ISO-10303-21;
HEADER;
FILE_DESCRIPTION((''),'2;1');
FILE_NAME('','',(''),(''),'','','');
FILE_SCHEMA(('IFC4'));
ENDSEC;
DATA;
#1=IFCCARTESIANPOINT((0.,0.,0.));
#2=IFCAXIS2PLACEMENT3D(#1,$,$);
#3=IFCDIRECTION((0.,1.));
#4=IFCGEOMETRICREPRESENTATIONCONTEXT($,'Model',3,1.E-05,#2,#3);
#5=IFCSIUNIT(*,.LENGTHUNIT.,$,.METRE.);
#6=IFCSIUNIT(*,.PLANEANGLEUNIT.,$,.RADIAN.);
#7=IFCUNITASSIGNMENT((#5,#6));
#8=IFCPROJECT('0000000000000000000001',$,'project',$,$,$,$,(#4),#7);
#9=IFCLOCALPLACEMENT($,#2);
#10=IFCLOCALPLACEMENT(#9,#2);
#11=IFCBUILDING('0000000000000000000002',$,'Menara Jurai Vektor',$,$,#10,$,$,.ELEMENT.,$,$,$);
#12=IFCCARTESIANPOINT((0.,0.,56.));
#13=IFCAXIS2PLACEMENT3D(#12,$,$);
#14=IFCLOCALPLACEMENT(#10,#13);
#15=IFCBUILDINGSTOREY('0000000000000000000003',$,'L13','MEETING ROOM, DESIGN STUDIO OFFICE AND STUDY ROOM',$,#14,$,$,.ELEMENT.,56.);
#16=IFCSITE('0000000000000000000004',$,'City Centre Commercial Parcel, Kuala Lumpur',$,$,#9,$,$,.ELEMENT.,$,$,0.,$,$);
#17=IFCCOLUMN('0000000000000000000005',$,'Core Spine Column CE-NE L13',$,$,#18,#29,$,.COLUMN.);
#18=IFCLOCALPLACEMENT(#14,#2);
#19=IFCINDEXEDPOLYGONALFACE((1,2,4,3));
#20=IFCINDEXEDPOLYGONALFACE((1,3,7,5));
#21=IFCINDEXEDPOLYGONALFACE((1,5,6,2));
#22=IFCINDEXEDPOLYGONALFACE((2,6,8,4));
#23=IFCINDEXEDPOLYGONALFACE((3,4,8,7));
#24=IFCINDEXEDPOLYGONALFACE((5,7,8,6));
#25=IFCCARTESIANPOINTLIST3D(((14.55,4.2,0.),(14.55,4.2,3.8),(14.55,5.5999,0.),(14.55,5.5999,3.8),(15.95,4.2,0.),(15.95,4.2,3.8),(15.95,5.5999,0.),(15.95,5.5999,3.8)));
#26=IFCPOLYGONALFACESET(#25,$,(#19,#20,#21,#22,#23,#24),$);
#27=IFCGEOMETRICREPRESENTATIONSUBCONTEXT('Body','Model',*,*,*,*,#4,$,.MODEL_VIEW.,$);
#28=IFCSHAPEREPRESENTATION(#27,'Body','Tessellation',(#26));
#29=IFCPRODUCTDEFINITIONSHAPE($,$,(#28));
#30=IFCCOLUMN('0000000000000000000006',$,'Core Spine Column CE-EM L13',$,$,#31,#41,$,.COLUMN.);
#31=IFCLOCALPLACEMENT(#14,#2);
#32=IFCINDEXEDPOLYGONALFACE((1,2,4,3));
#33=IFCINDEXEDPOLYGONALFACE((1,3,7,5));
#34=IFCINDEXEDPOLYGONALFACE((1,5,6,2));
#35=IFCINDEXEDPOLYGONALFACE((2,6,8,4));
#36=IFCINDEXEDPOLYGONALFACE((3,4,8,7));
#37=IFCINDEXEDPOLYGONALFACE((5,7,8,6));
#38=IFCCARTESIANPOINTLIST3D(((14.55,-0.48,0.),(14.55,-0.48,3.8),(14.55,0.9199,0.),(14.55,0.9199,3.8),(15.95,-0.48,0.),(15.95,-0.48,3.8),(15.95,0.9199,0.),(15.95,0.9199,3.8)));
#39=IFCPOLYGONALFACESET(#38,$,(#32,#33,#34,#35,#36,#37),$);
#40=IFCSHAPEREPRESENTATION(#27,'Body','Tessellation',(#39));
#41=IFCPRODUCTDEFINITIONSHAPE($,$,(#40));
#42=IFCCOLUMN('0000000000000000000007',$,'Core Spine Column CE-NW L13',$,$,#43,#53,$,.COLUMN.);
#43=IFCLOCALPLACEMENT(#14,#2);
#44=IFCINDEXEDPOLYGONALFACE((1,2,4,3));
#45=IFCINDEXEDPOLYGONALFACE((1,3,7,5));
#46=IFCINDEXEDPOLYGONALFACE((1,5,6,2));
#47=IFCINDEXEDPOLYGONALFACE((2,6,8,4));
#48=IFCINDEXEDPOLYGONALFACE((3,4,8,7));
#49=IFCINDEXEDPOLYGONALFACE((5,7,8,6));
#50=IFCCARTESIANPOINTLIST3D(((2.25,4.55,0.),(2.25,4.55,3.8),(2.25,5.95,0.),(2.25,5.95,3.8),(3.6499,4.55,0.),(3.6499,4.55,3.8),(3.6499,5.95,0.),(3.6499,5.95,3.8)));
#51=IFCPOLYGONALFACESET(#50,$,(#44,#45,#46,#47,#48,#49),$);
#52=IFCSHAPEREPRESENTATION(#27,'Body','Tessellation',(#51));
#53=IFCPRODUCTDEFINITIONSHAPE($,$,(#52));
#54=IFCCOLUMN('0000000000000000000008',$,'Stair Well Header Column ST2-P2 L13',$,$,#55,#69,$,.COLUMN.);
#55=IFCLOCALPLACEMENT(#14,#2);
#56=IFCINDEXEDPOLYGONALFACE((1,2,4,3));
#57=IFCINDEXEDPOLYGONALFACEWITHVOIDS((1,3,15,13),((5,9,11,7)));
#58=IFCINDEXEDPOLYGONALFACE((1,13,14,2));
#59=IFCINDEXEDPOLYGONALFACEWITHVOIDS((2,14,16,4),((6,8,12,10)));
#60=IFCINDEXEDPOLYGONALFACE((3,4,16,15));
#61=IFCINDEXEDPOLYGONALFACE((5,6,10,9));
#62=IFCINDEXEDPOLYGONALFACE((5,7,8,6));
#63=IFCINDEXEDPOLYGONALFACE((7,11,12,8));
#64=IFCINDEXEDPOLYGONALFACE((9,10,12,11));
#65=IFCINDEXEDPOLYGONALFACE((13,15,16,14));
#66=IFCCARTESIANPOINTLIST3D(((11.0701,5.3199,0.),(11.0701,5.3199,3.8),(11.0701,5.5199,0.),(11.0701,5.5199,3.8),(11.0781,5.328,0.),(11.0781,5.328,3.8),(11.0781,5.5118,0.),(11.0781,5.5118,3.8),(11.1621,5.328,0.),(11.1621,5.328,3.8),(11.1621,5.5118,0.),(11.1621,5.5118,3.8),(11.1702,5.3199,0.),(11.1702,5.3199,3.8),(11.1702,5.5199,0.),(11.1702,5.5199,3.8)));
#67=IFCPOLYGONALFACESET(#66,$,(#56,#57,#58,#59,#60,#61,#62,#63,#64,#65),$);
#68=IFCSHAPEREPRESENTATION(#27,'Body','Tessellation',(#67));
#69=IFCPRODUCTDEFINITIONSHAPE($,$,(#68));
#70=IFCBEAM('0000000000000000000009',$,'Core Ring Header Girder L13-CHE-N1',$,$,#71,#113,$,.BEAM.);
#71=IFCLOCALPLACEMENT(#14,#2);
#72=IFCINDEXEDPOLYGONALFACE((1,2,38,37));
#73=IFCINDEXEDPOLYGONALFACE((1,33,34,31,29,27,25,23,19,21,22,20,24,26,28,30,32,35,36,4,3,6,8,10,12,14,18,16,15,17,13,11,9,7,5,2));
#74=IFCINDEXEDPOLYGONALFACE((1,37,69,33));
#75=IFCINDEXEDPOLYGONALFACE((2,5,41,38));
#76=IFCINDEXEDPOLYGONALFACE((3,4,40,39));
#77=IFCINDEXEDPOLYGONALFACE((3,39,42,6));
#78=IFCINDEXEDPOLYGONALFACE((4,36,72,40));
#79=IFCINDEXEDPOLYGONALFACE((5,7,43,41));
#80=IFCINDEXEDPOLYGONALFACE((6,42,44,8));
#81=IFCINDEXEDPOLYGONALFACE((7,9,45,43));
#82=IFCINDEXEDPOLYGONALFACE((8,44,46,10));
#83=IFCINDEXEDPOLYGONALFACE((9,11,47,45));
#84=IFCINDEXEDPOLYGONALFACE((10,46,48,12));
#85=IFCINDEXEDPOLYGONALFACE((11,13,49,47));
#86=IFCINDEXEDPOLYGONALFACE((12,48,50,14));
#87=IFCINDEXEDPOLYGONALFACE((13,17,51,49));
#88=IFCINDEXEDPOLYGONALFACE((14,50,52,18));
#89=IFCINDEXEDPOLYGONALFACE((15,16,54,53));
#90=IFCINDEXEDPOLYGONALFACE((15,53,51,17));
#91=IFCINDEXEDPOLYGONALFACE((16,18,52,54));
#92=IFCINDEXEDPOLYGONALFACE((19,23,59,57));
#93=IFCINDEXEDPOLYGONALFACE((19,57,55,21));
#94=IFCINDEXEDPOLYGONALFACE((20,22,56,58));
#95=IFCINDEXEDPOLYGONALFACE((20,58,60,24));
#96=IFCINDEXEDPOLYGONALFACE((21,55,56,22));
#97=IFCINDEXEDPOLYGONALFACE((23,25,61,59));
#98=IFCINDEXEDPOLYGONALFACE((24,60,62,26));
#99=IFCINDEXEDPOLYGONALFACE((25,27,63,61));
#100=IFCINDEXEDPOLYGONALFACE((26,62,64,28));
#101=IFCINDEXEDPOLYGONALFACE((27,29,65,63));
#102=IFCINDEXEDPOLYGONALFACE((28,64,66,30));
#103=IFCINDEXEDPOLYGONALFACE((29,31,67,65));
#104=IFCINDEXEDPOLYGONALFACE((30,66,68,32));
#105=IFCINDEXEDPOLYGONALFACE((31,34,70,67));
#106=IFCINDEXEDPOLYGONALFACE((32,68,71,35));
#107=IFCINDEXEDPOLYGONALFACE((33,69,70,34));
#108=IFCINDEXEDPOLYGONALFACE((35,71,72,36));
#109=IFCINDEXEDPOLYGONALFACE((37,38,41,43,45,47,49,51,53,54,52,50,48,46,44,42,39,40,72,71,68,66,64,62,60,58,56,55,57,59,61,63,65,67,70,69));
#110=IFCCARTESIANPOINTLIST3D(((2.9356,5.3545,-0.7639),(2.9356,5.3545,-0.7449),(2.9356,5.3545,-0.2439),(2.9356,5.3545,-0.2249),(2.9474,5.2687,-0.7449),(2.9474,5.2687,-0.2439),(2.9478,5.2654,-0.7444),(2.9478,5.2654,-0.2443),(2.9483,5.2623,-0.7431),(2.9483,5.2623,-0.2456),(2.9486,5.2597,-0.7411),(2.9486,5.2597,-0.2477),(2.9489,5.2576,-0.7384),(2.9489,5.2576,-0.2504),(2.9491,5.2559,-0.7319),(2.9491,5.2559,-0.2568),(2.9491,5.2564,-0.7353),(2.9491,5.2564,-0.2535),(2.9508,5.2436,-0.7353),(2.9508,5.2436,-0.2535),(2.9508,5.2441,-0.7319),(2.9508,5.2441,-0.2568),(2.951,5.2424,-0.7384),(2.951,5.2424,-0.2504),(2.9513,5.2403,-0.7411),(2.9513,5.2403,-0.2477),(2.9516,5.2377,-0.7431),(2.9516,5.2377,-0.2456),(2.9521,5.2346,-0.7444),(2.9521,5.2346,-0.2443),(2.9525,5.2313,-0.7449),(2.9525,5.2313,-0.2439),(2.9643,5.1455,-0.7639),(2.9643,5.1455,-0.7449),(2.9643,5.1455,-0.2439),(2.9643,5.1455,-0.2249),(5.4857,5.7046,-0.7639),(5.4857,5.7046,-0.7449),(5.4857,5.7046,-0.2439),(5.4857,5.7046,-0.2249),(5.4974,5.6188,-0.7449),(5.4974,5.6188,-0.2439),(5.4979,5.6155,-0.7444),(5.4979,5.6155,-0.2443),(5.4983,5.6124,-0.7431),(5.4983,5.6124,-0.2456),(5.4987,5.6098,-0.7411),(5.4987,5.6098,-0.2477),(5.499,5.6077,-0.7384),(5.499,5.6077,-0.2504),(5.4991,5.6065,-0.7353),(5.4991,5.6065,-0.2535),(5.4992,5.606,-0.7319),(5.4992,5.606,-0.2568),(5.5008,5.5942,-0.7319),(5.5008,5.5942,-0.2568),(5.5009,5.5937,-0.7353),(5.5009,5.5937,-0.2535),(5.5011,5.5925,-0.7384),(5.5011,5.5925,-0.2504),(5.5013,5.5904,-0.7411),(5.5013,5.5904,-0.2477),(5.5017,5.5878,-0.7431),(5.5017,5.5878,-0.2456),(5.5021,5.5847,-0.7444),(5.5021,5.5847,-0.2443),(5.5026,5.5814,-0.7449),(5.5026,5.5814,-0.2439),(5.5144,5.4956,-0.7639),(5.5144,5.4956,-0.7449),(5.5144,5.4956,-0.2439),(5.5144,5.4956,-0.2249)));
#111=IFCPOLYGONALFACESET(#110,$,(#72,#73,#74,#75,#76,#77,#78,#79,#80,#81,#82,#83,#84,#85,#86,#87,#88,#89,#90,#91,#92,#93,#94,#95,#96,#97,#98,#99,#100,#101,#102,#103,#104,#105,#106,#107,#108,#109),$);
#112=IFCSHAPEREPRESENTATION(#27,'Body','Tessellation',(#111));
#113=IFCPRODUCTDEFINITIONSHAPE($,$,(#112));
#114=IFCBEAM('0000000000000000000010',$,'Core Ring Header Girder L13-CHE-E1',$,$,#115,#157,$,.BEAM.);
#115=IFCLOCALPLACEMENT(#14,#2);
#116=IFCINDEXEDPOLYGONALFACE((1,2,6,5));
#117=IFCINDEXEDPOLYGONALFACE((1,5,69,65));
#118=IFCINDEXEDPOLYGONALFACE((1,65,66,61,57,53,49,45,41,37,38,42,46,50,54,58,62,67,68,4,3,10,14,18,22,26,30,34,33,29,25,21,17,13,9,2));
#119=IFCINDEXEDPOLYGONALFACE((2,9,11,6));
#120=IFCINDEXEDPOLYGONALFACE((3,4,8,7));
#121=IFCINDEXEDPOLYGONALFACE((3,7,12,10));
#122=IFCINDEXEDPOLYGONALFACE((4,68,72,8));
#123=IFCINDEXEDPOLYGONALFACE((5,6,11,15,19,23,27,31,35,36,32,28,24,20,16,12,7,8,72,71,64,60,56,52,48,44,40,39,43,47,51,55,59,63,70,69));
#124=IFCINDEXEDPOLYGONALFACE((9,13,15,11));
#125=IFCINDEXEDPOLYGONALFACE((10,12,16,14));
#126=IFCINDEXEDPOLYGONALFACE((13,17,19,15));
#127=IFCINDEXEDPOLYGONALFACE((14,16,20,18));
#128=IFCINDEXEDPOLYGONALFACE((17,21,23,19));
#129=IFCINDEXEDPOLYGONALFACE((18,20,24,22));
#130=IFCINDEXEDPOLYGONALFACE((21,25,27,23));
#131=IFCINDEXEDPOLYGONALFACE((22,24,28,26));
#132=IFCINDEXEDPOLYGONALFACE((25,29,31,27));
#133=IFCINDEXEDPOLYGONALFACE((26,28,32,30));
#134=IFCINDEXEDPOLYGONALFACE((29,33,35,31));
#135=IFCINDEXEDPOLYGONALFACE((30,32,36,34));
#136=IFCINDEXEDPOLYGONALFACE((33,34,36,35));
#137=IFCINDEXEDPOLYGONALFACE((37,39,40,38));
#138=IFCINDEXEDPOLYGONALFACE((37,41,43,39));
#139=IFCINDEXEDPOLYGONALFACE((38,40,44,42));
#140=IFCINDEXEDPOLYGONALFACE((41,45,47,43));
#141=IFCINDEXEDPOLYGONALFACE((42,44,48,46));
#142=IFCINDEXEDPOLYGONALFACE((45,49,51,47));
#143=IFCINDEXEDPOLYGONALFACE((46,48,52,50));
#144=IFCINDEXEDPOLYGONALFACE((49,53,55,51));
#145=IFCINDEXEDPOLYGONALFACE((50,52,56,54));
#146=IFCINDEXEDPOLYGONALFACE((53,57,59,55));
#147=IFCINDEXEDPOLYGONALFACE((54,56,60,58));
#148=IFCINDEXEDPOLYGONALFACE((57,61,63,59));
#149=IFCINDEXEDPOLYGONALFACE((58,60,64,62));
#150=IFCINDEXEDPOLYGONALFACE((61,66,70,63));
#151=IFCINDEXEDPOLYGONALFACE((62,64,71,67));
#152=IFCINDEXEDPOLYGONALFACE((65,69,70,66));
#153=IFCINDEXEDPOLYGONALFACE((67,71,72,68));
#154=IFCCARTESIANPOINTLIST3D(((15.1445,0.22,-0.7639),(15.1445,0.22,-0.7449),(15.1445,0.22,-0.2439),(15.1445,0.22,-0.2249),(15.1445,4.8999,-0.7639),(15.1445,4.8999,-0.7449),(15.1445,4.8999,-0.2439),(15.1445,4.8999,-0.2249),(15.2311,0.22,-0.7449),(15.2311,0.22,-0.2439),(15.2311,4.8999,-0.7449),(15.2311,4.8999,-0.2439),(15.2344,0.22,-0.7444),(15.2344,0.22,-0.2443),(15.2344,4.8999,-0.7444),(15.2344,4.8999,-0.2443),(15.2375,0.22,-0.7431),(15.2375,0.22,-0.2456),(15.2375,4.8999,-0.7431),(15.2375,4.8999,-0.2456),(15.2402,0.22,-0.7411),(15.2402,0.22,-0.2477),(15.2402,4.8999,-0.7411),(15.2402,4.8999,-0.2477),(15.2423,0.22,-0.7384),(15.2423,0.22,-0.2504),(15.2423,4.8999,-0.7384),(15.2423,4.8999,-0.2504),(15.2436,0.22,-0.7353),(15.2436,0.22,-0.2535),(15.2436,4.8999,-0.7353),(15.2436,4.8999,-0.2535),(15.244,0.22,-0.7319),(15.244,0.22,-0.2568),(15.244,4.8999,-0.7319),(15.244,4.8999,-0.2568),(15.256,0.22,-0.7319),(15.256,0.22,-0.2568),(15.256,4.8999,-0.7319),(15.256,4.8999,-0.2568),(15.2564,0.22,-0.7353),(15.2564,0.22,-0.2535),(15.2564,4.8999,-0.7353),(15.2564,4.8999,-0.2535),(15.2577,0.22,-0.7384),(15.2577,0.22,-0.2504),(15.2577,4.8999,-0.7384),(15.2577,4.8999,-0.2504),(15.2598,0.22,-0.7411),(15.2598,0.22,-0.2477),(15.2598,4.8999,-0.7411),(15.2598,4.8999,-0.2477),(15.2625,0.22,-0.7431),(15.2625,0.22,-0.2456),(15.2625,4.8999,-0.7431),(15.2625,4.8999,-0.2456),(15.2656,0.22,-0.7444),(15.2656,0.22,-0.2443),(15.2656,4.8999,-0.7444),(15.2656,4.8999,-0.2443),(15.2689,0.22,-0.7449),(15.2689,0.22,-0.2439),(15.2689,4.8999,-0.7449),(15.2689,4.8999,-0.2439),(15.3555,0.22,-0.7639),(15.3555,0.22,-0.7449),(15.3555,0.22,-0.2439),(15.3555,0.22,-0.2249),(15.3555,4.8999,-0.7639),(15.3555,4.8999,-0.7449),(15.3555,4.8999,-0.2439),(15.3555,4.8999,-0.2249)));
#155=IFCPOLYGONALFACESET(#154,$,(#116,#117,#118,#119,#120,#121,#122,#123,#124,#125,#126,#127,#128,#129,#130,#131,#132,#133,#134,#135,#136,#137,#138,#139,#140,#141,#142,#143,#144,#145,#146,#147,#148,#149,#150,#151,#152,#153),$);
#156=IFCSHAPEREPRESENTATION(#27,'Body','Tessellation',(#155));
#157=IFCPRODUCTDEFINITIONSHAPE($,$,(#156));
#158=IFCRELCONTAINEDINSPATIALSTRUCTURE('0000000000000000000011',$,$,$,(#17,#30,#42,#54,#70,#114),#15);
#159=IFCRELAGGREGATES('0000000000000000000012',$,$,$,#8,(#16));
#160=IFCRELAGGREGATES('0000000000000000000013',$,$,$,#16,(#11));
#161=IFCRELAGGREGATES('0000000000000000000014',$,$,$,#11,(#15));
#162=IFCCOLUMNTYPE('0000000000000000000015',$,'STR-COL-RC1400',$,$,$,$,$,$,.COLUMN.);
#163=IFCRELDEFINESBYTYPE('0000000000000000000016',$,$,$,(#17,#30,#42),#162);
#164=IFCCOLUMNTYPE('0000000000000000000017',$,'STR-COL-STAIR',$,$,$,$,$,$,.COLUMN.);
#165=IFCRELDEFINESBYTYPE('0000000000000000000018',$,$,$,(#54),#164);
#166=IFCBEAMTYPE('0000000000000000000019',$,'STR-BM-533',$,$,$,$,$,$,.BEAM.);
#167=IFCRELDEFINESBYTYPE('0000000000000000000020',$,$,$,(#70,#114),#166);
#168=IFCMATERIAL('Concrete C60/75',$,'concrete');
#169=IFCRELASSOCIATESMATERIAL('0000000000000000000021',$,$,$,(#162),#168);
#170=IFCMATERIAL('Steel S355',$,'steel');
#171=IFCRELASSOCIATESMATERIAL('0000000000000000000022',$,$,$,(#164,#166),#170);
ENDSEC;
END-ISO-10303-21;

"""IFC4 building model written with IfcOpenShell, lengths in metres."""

from ifc_helpers import new_model, si_unit, direction, frame, origin, origin_2d, place, context, subcontext, project, spatial, rectangle, hollow_rectangle, i_section, extrude, material, material_profile, profile_set, type_object, element, save


model = new_model("IFC4")

# Units and contexts
model_context = context("Model", 3, precision=1e-05, world=origin(), true_north=direction((0.0, 1.0)))
body_context = subcontext(model_context, "Body", "Model", "MODEL_VIEW")
ifc_project = project(units=[si_unit("LENGTHUNIT", "METRE"), si_unit("PLANEANGLEUNIT", "RADIAN")], contexts=[model_context])

# Site, building, storey
site_placement = place(None, origin())
site = spatial("IfcSite", under=ifc_project, at=site_placement, Name="City Centre Commercial Parcel, Kuala Lumpur", CompositionType="ELEMENT", RefElevation=0.0)
building_placement = place(site_placement, origin())
building = spatial("IfcBuilding", under=site, at=building_placement, Name="Menara Jurai Vektor", CompositionType="ELEMENT")
storey_placement = place(building_placement, frame((0.0, 0.0, 56.0)))
storey = spatial("IfcBuildingStorey", under=building, at=storey_placement, Name="L13", Description="MEETING ROOM, DESIGN STUDIO OFFICE AND STUDY ROOM", CompositionType="ELEMENT", Elevation=56.0)

# Columns
ifc_material_1 = material(Name="Concrete C60/75", Category="concrete")
ifc_material_profile_1 = material_profile(ifc_material_1, rectangle(XDim=1.3999, YDim=1.3999, at=origin_2d()), Name="RC 1400x1400")
ifc_profile_set_1 = profile_set([ifc_material_profile_1], Name="Concrete C60/75")
column_type_1 = type_object("IfcColumnType", Name="STR-COL-RC1400", PredefinedType="COLUMN", material=ifc_profile_set_1)
for number, where, z_axis, x_axis, name in (
    (1, (15.25, 4.8999, 0.0), (0.0, 0.0, 1.0), (1.0, 0.0, 0.0), "Core Spine Column CE-NE L13"),
    (2, (15.25, 0.22, 0.0), (0.0, 0.0, 1.0), (1.0, 0.0, 0.0), "Core Spine Column CE-EM L13"),
    (3, (2.95, 5.25, 0.0), (0.0, 0.0, 1.0), (1.0, 0.0, 0.0), "Core Spine Column CE-NW L13"),
):
    element("IfcColumn", number, at=place(storey_placement, frame(where, z_axis=z_axis, x_axis=x_axis)), inside=storey, type_object=column_type_1, Name=name, PredefinedType="COLUMN", context=body_context, shape_type="SweptSolid", body=[
        extrude(rectangle(XDim=1.3999, YDim=1.3999, at=origin_2d()), origin(), (0.0, 0.0, 1.0), 3.8),
    ])
ifc_material_2 = material(Name="Steel S355", Category="steel")
ifc_material_profile_2 = material_profile(ifc_material_2, hollow_rectangle(XDim=0.1001, YDim=0.2, WallThickness=0.0081, at=origin_2d()), Name="RHS 200x100x8")
ifc_profile_set_2 = profile_set([ifc_material_profile_2], Name="Steel S355")
column_type_2 = type_object("IfcColumnType", Name="STR-COL-STAIR", PredefinedType="COLUMN", material=ifc_profile_set_2)
column_placement = place(storey_placement, frame((11.1201, 5.4199, 0.0), z_axis=(0.0, 0.0, 1.0), x_axis=(1.0, 0.0, 0.0)))
element("IfcColumn", 4, at=column_placement, inside=storey, type_object=column_type_2, Name="Stair Well Header Column ST2-P2 L13", PredefinedType="COLUMN", context=body_context, shape_type="SweptSolid", body=[
    extrude(hollow_rectangle(XDim=0.1001, YDim=0.2, WallThickness=0.0081, at=origin_2d()), origin(), (0.0, 0.0, 1.0), 3.8),
])

# Beams
ifc_material_profile_3 = material_profile(ifc_material_2, i_section(OverallWidth=0.2109, OverallDepth=0.5391, WebThickness=0.012, FlangeThickness=0.019, FilletRadius=0.0129, at=origin_2d()), Name="UKB 533x210x109")
ifc_profile_set_3 = profile_set([ifc_material_profile_3], Name="Steel S355")
beam_type_1 = type_object("IfcBeamType", Name="STR-BM-533", PredefinedType="BEAM", material=ifc_profile_set_3)
beam_1_placement = place(storey_placement, frame((2.95, 5.25, -0.4944), z_axis=(0.990707, 0.136015, 0.0), x_axis=(-0.136015, 0.990707, 0.0)))
element("IfcBeam", 5, at=beam_1_placement, inside=storey, type_object=beam_type_1, Name="Core Ring Header Girder L13-CHE-N1", PredefinedType="BEAM", context=body_context, shape_type="SweptSolid", body=[
    extrude(i_section(OverallWidth=0.2109, OverallDepth=0.5391, WebThickness=0.012, FlangeThickness=0.019, FilletRadius=0.0129, at=origin_2d()), origin(), (0.0, 0.0, 1.0), 2.574),
])
beam_2_placement = place(storey_placement, frame((15.25, 0.22, -0.4944), z_axis=(0.0, 1.0, 0.0), x_axis=(-1.0, 0.0, 0.0)))
element("IfcBeam", 6, at=beam_2_placement, inside=storey, type_object=beam_type_1, Name="Core Ring Header Girder L13-CHE-E1", PredefinedType="BEAM", context=body_context, shape_type="SweptSolid", body=[
    extrude(i_section(OverallWidth=0.2109, OverallDepth=0.5391, WebThickness=0.012, FlangeThickness=0.019, FilletRadius=0.0129, at=origin_2d()), origin(), (0.0, 0.0, 1.0), 4.6799),
])

save(model, "model.ifc")
